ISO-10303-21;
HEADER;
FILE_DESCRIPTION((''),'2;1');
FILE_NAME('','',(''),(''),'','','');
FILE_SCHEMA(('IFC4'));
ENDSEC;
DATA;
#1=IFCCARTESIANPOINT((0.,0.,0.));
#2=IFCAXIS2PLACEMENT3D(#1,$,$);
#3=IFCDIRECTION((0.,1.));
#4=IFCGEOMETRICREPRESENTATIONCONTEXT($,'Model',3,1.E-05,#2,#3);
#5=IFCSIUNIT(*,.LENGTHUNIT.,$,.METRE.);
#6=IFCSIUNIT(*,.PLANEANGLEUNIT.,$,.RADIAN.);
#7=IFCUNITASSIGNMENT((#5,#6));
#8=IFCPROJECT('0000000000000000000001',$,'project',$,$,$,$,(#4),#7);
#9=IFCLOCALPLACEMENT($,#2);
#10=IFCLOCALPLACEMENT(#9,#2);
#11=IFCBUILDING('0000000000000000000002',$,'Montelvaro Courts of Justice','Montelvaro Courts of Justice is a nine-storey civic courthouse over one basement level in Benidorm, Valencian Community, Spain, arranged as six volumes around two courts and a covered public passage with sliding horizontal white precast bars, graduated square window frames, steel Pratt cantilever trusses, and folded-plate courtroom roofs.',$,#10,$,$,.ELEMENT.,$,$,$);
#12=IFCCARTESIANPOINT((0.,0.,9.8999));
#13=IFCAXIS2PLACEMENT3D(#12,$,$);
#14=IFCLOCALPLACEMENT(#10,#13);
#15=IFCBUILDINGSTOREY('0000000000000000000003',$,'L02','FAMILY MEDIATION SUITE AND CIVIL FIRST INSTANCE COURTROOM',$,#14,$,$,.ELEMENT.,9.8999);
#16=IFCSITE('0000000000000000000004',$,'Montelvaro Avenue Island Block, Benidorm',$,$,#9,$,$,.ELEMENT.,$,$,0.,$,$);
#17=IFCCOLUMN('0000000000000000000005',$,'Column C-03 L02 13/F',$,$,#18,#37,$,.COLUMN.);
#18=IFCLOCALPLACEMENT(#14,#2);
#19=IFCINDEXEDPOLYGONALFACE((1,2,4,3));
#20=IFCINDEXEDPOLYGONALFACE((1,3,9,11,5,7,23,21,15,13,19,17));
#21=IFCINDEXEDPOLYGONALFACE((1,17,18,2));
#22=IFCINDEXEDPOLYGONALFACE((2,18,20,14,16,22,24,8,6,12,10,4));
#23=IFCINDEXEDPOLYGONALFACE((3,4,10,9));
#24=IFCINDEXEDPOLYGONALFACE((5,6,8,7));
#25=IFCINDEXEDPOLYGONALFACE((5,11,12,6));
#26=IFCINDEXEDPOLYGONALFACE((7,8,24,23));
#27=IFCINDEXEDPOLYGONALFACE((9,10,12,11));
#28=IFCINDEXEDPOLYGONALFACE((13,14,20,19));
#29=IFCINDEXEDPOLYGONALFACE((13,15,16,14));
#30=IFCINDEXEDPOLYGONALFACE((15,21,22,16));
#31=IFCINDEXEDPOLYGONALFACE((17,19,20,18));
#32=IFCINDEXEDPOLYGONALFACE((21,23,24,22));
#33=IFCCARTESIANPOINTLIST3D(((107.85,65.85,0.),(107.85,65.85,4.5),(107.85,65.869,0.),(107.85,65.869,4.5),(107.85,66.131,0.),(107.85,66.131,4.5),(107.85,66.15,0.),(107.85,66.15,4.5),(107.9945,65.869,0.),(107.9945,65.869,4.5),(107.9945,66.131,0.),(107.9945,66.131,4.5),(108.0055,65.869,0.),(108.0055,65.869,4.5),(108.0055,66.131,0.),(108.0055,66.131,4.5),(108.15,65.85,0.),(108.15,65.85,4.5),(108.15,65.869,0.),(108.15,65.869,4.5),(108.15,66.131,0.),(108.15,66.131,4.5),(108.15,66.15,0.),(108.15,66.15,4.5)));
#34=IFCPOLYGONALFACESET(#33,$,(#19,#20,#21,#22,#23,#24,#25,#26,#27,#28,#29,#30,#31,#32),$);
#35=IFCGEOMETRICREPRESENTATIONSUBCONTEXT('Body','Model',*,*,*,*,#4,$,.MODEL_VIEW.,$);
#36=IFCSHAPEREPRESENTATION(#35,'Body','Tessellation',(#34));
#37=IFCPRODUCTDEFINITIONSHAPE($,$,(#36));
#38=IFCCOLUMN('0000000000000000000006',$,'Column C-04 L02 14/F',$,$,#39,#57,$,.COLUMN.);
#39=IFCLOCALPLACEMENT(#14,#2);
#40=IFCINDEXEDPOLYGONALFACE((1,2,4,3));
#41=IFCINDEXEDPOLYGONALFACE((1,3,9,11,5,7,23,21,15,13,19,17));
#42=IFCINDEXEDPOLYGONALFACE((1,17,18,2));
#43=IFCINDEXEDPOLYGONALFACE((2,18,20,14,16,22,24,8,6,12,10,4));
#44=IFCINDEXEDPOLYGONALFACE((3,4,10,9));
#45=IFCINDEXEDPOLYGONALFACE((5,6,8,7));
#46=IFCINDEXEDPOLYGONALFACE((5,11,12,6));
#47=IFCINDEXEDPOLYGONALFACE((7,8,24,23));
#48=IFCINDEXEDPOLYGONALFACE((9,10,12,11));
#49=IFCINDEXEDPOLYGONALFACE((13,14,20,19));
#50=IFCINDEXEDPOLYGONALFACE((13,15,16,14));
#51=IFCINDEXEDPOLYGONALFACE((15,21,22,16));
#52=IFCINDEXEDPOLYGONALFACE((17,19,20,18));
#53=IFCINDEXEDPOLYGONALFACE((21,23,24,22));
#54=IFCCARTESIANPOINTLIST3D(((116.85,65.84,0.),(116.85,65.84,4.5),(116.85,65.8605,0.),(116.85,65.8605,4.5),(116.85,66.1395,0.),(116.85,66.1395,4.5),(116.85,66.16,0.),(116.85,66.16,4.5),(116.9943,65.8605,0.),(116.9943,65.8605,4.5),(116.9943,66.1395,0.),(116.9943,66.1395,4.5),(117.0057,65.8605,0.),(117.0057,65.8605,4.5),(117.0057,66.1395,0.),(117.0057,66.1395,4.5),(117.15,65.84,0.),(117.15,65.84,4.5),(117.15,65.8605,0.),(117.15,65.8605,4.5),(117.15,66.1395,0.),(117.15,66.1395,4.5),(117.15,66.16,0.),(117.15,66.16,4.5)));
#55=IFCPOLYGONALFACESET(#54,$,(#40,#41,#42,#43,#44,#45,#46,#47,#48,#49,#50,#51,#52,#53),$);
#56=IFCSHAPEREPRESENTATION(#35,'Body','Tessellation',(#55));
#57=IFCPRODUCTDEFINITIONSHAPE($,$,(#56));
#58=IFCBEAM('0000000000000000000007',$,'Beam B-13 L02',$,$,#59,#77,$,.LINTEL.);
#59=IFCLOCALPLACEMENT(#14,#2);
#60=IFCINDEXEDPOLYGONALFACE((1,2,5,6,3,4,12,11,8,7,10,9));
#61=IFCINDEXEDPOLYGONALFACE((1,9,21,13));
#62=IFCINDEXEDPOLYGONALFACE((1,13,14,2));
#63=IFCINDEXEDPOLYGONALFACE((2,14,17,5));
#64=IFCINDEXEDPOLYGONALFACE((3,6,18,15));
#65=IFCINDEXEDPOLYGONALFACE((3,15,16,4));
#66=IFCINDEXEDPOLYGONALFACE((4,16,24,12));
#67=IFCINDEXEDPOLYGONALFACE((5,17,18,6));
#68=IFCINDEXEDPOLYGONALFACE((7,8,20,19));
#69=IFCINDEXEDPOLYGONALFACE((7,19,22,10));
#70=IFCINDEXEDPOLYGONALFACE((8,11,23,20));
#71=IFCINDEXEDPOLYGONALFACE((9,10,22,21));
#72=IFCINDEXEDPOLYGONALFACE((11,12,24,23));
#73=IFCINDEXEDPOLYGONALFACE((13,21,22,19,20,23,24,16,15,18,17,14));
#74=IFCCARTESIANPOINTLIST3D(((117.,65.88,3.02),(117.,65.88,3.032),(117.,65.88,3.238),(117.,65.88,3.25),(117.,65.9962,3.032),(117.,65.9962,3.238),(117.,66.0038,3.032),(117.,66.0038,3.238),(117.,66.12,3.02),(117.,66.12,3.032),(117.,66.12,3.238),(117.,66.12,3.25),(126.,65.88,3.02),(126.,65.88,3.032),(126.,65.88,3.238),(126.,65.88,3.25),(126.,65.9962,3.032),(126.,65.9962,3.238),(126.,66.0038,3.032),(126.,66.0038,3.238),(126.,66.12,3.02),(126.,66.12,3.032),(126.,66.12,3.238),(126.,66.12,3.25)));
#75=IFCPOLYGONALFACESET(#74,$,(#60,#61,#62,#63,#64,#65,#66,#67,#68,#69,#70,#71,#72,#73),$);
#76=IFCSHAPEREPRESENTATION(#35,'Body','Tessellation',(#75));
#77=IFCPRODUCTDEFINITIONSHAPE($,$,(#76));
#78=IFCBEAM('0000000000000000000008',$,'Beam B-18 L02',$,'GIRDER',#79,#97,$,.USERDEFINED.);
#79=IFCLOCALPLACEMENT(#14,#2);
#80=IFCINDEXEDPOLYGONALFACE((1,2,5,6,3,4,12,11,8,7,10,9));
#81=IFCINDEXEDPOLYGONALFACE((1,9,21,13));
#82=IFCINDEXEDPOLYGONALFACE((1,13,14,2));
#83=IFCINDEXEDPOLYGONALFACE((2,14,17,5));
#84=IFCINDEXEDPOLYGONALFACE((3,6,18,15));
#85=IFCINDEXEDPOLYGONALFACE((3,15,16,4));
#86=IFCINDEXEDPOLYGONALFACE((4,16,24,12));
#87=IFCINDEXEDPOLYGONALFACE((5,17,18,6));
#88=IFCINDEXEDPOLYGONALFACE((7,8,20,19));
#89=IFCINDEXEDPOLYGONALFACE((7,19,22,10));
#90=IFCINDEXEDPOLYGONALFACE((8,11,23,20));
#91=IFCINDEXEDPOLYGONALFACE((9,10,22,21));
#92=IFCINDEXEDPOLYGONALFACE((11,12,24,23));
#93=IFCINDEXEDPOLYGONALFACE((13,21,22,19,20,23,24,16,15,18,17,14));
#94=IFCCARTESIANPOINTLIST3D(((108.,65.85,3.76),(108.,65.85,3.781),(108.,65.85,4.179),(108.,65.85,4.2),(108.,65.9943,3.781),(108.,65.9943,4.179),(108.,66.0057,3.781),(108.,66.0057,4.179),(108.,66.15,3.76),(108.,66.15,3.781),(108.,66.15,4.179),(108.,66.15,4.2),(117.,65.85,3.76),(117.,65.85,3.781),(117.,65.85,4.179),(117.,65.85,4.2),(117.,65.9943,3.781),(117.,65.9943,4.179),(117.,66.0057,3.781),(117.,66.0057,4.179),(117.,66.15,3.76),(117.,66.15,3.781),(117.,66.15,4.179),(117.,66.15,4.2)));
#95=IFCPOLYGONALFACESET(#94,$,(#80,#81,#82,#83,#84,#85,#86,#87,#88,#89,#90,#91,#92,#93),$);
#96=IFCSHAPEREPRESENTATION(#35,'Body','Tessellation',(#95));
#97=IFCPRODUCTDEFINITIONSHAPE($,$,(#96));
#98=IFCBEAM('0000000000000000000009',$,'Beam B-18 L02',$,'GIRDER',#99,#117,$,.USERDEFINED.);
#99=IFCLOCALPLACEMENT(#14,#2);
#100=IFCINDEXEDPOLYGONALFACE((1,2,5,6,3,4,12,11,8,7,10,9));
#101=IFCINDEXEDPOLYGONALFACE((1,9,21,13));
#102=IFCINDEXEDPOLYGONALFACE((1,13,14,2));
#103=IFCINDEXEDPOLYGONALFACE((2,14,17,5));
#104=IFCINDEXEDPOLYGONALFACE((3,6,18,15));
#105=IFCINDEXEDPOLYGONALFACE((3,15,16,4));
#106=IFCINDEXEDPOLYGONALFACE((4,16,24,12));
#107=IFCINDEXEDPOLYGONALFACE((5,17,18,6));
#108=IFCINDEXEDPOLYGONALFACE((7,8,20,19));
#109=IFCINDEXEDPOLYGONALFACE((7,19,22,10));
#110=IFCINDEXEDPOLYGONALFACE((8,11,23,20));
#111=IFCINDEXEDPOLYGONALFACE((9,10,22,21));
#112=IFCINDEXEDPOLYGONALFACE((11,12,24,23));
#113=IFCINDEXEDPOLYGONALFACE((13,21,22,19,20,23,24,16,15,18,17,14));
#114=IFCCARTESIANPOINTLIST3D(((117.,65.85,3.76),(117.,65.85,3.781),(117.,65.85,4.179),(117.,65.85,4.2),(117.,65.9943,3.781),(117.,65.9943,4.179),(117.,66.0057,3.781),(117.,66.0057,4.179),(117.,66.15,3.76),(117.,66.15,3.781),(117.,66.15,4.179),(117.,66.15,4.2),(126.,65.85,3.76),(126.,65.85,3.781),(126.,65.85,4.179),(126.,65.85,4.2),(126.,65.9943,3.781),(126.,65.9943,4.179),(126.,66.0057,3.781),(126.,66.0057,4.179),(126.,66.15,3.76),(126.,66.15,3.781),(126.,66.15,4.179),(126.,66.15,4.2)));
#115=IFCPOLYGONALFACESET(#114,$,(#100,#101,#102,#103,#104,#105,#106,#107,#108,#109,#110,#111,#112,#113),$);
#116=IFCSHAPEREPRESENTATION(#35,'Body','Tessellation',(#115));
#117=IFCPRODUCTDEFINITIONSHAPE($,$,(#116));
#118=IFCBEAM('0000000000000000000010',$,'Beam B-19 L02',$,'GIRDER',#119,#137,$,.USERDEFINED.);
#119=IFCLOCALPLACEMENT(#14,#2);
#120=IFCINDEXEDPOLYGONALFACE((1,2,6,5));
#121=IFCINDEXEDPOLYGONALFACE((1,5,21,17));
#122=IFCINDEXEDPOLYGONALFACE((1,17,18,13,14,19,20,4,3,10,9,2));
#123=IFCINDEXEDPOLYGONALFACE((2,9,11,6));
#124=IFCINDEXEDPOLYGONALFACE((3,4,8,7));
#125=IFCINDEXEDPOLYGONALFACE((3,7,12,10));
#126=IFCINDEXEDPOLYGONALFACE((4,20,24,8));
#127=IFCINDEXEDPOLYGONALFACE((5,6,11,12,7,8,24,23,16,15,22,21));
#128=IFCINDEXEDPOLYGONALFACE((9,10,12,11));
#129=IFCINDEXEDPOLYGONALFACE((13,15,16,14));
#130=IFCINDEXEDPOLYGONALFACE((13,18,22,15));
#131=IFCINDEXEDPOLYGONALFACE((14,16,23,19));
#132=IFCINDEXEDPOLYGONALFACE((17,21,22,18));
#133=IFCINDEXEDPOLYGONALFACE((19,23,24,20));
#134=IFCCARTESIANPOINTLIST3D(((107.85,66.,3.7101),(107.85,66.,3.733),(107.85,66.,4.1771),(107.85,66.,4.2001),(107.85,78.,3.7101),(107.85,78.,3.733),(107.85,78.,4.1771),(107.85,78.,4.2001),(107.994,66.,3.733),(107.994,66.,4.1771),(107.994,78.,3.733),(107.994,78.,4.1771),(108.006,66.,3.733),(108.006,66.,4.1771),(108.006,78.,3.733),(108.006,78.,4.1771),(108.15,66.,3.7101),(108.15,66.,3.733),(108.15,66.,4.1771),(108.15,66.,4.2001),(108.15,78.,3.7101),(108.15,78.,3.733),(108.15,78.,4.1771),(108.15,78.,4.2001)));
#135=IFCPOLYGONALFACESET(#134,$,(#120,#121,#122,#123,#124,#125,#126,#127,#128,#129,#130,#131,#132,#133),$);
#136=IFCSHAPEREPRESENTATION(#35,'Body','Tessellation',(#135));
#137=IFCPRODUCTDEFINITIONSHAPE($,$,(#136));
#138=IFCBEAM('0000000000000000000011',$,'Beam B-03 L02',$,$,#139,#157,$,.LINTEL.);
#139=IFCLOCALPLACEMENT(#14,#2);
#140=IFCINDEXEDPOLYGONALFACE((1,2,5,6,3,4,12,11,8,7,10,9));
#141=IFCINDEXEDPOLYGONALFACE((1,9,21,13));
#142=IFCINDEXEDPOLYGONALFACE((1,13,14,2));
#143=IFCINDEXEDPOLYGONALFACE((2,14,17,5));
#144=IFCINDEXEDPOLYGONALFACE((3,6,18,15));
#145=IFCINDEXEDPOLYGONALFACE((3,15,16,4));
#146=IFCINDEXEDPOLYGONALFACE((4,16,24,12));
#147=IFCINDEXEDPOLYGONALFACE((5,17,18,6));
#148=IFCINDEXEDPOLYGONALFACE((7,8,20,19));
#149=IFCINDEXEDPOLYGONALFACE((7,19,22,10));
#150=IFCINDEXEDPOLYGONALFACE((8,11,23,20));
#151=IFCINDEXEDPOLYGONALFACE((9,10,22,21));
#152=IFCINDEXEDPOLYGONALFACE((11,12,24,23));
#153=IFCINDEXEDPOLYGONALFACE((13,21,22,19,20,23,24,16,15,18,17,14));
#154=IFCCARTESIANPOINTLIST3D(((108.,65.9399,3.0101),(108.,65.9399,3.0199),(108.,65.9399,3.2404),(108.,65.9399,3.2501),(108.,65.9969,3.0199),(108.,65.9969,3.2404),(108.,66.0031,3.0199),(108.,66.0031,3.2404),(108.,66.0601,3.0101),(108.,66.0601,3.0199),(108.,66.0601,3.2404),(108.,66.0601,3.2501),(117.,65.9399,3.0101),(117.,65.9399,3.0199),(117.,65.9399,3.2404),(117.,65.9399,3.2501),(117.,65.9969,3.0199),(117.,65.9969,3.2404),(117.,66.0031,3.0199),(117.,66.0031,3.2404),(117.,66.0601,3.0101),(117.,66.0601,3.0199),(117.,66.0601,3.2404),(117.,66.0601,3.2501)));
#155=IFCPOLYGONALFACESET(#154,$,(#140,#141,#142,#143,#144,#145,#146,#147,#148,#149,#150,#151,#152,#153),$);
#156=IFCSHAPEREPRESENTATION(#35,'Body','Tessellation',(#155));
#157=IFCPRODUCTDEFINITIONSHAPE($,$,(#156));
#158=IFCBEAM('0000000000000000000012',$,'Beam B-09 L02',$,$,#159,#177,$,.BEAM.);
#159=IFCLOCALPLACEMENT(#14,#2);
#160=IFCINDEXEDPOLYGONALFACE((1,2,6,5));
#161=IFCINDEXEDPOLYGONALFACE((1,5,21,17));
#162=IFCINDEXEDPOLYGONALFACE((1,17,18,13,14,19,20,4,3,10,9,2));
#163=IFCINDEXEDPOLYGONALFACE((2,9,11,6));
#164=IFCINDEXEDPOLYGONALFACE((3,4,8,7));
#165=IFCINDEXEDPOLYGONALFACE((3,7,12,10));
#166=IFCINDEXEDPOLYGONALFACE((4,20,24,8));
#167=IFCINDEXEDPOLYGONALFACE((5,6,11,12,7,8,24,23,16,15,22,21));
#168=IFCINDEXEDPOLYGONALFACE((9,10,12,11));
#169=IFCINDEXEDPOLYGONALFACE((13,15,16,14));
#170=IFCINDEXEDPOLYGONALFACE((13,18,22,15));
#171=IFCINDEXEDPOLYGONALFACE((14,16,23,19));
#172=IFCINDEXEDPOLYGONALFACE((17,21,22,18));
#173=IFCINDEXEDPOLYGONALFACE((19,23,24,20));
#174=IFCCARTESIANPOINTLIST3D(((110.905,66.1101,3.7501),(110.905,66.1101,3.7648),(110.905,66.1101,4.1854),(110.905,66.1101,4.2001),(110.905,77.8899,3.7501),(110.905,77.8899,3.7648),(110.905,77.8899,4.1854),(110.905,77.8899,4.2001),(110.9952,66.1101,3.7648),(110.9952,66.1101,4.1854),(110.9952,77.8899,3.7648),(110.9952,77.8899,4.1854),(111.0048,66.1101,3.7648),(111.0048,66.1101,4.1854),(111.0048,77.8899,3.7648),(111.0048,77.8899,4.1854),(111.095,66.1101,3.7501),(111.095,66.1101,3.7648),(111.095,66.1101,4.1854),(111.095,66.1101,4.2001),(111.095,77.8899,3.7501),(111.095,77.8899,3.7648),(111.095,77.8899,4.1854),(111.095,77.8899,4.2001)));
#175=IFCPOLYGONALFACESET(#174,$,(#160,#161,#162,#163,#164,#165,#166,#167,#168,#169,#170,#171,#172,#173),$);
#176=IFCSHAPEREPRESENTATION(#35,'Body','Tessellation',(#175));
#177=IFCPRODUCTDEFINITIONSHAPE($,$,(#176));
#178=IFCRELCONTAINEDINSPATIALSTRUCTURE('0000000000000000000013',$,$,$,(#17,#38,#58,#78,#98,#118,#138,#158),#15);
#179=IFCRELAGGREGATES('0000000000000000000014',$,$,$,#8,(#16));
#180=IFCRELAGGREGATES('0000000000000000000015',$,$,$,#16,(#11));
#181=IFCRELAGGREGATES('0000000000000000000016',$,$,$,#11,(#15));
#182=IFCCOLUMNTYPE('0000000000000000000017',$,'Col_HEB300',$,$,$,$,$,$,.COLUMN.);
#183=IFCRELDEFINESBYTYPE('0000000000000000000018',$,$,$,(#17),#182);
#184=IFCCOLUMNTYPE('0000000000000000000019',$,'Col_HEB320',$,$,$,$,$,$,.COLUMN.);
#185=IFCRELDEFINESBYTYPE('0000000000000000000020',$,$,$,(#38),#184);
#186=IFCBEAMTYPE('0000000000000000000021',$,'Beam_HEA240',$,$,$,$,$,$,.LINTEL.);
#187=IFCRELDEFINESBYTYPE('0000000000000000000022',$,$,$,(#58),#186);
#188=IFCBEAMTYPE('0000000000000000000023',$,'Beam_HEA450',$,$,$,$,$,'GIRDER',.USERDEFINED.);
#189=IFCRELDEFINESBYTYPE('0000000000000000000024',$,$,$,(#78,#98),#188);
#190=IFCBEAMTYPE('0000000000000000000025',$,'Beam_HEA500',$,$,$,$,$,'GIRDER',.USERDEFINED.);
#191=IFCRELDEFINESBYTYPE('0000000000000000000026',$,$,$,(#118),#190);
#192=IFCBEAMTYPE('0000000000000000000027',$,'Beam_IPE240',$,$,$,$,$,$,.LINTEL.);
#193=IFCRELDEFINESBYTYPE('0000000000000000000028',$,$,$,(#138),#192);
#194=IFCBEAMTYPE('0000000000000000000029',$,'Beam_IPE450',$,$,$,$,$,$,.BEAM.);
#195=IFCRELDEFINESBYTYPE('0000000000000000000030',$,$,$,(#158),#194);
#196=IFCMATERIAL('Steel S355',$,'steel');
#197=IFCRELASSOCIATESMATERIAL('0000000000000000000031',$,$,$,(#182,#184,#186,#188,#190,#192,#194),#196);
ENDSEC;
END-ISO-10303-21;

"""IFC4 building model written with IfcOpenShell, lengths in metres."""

from ifc_helpers import new_model, si_unit, direction, frame, origin, origin_2d, place, context, subcontext, project, spatial, i_section, extrude, material, material_profile, profile_set, type_object, element, save


model = new_model("IFC4")

# Units and contexts
model_context = context("Model", 3, precision=1e-05, world=origin(), true_north=direction((0.0, 1.0)))
body_context = subcontext(model_context, "Body", "Model", "MODEL_VIEW")
ifc_project = project(units=[si_unit("LENGTHUNIT", "METRE"), si_unit("PLANEANGLEUNIT", "RADIAN")], contexts=[model_context])

# Site, building, storey
site_placement = place(None, origin())
site = spatial("IfcSite", under=ifc_project, at=site_placement, Name="Montelvaro Avenue Island Block, Benidorm", CompositionType="ELEMENT", RefElevation=0.0)
building_placement = place(site_placement, origin())
building = spatial("IfcBuilding", under=site, at=building_placement, Name="Montelvaro Courts of Justice", Description="Montelvaro Courts of Justice is a nine-storey civic courthouse over one basement level in Benidorm, Valencian Community, Spain, arranged as six volumes around two courts and a covered public passage with sliding horizontal white precast bars, graduated square window frames, steel Pratt cantilever trusses, and folded-plate courtroom roofs.", CompositionType="ELEMENT")
storey_placement = place(building_placement, frame((0.0, 0.0, 9.8999)))
storey = spatial("IfcBuildingStorey", under=building, at=storey_placement, Name="L02", Description="FAMILY MEDIATION SUITE AND CIVIL FIRST INSTANCE COURTROOM", CompositionType="ELEMENT", Elevation=9.8999)

# Columns
ifc_material_1 = material(Name="Steel S355", Category="steel")
ifc_material_profile_1 = material_profile(ifc_material_1, i_section(OverallWidth=0.3, OverallDepth=0.3, WebThickness=0.011, FlangeThickness=0.019, at=origin_2d()), Name="HEB 300")
ifc_profile_set_1 = profile_set([ifc_material_profile_1], Name="Steel S355")
column_type_1 = type_object("IfcColumnType", Name="Col_HEB300", PredefinedType="COLUMN", material=ifc_profile_set_1)
column_1_placement = place(storey_placement, frame((108.0, 66.0, 0.0), z_axis=(0.0, 0.0, 1.0), x_axis=(1.0, 0.0, 0.0)))
element("IfcColumn", 1, at=column_1_placement, inside=storey, type_object=column_type_1, Name="Column C-03 L02 13/F", PredefinedType="COLUMN", context=body_context, shape_type="SweptSolid", body=[
    extrude(i_section(OverallWidth=0.3, OverallDepth=0.3, WebThickness=0.011, FlangeThickness=0.019, at=origin_2d()), origin(), (0.0, 0.0, 1.0), 4.5),
])
ifc_material_profile_2 = material_profile(ifc_material_1, i_section(OverallWidth=0.3, OverallDepth=0.3201, WebThickness=0.0115, FlangeThickness=0.0205, at=origin_2d()), Name="HEB 320")
ifc_profile_set_2 = profile_set([ifc_material_profile_2], Name="Steel S355")
column_type_2 = type_object("IfcColumnType", Name="Col_HEB320", PredefinedType="COLUMN", material=ifc_profile_set_2)
column_2_placement = place(storey_placement, frame((117.0, 66.0, 0.0), z_axis=(0.0, 0.0, 1.0), x_axis=(1.0, 0.0, 0.0)))
element("IfcColumn", 2, at=column_2_placement, inside=storey, type_object=column_type_2, Name="Column C-04 L02 14/F", PredefinedType="COLUMN", context=body_context, shape_type="SweptSolid", body=[
    extrude(i_section(OverallWidth=0.3, OverallDepth=0.3201, WebThickness=0.0115, FlangeThickness=0.0205, at=origin_2d()), origin(), (0.0, 0.0, 1.0), 4.5),
])

# Beams
ifc_material_profile_3 = material_profile(ifc_material_1, i_section(OverallWidth=0.24, OverallDepth=0.23, WebThickness=0.0076, FlangeThickness=0.012, at=origin_2d()), Name="HEA 240")
ifc_profile_set_3 = profile_set([ifc_material_profile_3], Name="Steel S355")
beam_type_1 = type_object("IfcBeamType", Name="Beam_HEA240", PredefinedType="LINTEL", material=ifc_profile_set_3)
beam_1_placement = place(storey_placement, frame((117.0, 66.0, 3.135), z_axis=(1.0, 0.0, 0.0), x_axis=(0.0, 1.0, 0.0)))
element("IfcBeam", 3, at=beam_1_placement, inside=storey, type_object=beam_type_1, Name="Beam B-13 L02", PredefinedType="LINTEL", context=body_context, shape_type="SweptSolid", body=[
    extrude(i_section(OverallWidth=0.24, OverallDepth=0.23, WebThickness=0.0076, FlangeThickness=0.012, at=origin_2d()), origin(), (0.0, 0.0, 1.0), 9.0),
])
ifc_material_profile_4 = material_profile(ifc_material_1, i_section(OverallWidth=0.3, OverallDepth=0.4399, WebThickness=0.0115, FlangeThickness=0.021, at=origin_2d()), Name="HEA 450")
ifc_profile_set_4 = profile_set([ifc_material_profile_4], Name="Steel S355")
beam_type_2 = type_object("IfcBeamType", Name="Beam_HEA450", ElementType="GIRDER", PredefinedType="USERDEFINED", material=ifc_profile_set_4)
for number, where, z_axis, x_axis, name in (
    (4, (108.0, 66.0, 3.98), (1.0, 0.0, 0.0), (0.0, 1.0, 0.0), "Beam B-18 L02"),
    (5, (117.0, 66.0, 3.98), (1.0, 0.0, 0.0), (0.0, 1.0, 0.0), "Beam B-18 L02"),
):
    element("IfcBeam", number, at=place(storey_placement, frame(where, z_axis=z_axis, x_axis=x_axis)), inside=storey, type_object=beam_type_2, Name=name, ObjectType="GIRDER", PredefinedType="USERDEFINED", context=body_context, shape_type="SweptSolid", body=[
        extrude(i_section(OverallWidth=0.3, OverallDepth=0.4399, WebThickness=0.0115, FlangeThickness=0.021, at=origin_2d()), origin(), (0.0, 0.0, 1.0), 9.0),
    ])
ifc_material_profile_5 = material_profile(ifc_material_1, i_section(OverallWidth=0.3, OverallDepth=0.49, WebThickness=0.012, FlangeThickness=0.0229, at=origin_2d()), Name="HEA 500")
ifc_profile_set_5 = profile_set([ifc_material_profile_5], Name="Steel S355")
beam_type_3 = type_object("IfcBeamType", Name="Beam_HEA500", ElementType="GIRDER", PredefinedType="USERDEFINED", material=ifc_profile_set_5)
beam_2_placement = place(storey_placement, frame((108.0, 66.0, 3.9551), z_axis=(0.0, 1.0, 0.0), x_axis=(-1.0, 0.0, 0.0)))
element("IfcBeam", 6, at=beam_2_placement, inside=storey, type_object=beam_type_3, Name="Beam B-19 L02", ObjectType="GIRDER", PredefinedType="USERDEFINED", context=body_context, shape_type="SweptSolid", body=[
    extrude(i_section(OverallWidth=0.3, OverallDepth=0.49, WebThickness=0.012, FlangeThickness=0.0229, at=origin_2d()), origin(), (0.0, 0.0, 1.0), 12.0),
])
ifc_material_profile_6 = material_profile(ifc_material_1, i_section(OverallWidth=0.1201, OverallDepth=0.24, WebThickness=0.0061, FlangeThickness=0.0098, at=origin_2d()), Name="IPE 240")
ifc_profile_set_6 = profile_set([ifc_material_profile_6], Name="Steel S355")
beam_type_4 = type_object("IfcBeamType", Name="Beam_IPE240", PredefinedType="LINTEL", material=ifc_profile_set_6)
beam_3_placement = place(storey_placement, frame((108.0, 66.0, 3.1301), z_axis=(1.0, 0.0, 0.0), x_axis=(0.0, 1.0, 0.0)))
element("IfcBeam", 7, at=beam_3_placement, inside=storey, type_object=beam_type_4, Name="Beam B-03 L02", PredefinedType="LINTEL", context=body_context, shape_type="SweptSolid", body=[
    extrude(i_section(OverallWidth=0.1201, OverallDepth=0.24, WebThickness=0.0061, FlangeThickness=0.0098, at=origin_2d()), origin(), (0.0, 0.0, 1.0), 9.0),
])
ifc_material_profile_7 = material_profile(ifc_material_1, i_section(OverallWidth=0.1899, OverallDepth=0.45, WebThickness=0.0095, FlangeThickness=0.0146, at=origin_2d()), Name="IPE 450")
ifc_profile_set_7 = profile_set([ifc_material_profile_7], Name="Steel S355")
beam_type_5 = type_object("IfcBeamType", Name="Beam_IPE450", PredefinedType="BEAM", material=ifc_profile_set_7)
beam_4_placement = place(storey_placement, frame((111.0, 66.1101, 3.9751), z_axis=(0.0, 1.0, 0.0), x_axis=(-1.0, 0.0, 0.0)))
element("IfcBeam", 8, at=beam_4_placement, inside=storey, type_object=beam_type_5, Name="Beam B-09 L02", PredefinedType="BEAM", context=body_context, shape_type="SweptSolid", body=[
    extrude(i_section(OverallWidth=0.1899, OverallDepth=0.45, WebThickness=0.0095, FlangeThickness=0.0146, at=origin_2d()), origin(), (0.0, 0.0, 1.0), 11.7798),
])

save(model, "model.ifc")
